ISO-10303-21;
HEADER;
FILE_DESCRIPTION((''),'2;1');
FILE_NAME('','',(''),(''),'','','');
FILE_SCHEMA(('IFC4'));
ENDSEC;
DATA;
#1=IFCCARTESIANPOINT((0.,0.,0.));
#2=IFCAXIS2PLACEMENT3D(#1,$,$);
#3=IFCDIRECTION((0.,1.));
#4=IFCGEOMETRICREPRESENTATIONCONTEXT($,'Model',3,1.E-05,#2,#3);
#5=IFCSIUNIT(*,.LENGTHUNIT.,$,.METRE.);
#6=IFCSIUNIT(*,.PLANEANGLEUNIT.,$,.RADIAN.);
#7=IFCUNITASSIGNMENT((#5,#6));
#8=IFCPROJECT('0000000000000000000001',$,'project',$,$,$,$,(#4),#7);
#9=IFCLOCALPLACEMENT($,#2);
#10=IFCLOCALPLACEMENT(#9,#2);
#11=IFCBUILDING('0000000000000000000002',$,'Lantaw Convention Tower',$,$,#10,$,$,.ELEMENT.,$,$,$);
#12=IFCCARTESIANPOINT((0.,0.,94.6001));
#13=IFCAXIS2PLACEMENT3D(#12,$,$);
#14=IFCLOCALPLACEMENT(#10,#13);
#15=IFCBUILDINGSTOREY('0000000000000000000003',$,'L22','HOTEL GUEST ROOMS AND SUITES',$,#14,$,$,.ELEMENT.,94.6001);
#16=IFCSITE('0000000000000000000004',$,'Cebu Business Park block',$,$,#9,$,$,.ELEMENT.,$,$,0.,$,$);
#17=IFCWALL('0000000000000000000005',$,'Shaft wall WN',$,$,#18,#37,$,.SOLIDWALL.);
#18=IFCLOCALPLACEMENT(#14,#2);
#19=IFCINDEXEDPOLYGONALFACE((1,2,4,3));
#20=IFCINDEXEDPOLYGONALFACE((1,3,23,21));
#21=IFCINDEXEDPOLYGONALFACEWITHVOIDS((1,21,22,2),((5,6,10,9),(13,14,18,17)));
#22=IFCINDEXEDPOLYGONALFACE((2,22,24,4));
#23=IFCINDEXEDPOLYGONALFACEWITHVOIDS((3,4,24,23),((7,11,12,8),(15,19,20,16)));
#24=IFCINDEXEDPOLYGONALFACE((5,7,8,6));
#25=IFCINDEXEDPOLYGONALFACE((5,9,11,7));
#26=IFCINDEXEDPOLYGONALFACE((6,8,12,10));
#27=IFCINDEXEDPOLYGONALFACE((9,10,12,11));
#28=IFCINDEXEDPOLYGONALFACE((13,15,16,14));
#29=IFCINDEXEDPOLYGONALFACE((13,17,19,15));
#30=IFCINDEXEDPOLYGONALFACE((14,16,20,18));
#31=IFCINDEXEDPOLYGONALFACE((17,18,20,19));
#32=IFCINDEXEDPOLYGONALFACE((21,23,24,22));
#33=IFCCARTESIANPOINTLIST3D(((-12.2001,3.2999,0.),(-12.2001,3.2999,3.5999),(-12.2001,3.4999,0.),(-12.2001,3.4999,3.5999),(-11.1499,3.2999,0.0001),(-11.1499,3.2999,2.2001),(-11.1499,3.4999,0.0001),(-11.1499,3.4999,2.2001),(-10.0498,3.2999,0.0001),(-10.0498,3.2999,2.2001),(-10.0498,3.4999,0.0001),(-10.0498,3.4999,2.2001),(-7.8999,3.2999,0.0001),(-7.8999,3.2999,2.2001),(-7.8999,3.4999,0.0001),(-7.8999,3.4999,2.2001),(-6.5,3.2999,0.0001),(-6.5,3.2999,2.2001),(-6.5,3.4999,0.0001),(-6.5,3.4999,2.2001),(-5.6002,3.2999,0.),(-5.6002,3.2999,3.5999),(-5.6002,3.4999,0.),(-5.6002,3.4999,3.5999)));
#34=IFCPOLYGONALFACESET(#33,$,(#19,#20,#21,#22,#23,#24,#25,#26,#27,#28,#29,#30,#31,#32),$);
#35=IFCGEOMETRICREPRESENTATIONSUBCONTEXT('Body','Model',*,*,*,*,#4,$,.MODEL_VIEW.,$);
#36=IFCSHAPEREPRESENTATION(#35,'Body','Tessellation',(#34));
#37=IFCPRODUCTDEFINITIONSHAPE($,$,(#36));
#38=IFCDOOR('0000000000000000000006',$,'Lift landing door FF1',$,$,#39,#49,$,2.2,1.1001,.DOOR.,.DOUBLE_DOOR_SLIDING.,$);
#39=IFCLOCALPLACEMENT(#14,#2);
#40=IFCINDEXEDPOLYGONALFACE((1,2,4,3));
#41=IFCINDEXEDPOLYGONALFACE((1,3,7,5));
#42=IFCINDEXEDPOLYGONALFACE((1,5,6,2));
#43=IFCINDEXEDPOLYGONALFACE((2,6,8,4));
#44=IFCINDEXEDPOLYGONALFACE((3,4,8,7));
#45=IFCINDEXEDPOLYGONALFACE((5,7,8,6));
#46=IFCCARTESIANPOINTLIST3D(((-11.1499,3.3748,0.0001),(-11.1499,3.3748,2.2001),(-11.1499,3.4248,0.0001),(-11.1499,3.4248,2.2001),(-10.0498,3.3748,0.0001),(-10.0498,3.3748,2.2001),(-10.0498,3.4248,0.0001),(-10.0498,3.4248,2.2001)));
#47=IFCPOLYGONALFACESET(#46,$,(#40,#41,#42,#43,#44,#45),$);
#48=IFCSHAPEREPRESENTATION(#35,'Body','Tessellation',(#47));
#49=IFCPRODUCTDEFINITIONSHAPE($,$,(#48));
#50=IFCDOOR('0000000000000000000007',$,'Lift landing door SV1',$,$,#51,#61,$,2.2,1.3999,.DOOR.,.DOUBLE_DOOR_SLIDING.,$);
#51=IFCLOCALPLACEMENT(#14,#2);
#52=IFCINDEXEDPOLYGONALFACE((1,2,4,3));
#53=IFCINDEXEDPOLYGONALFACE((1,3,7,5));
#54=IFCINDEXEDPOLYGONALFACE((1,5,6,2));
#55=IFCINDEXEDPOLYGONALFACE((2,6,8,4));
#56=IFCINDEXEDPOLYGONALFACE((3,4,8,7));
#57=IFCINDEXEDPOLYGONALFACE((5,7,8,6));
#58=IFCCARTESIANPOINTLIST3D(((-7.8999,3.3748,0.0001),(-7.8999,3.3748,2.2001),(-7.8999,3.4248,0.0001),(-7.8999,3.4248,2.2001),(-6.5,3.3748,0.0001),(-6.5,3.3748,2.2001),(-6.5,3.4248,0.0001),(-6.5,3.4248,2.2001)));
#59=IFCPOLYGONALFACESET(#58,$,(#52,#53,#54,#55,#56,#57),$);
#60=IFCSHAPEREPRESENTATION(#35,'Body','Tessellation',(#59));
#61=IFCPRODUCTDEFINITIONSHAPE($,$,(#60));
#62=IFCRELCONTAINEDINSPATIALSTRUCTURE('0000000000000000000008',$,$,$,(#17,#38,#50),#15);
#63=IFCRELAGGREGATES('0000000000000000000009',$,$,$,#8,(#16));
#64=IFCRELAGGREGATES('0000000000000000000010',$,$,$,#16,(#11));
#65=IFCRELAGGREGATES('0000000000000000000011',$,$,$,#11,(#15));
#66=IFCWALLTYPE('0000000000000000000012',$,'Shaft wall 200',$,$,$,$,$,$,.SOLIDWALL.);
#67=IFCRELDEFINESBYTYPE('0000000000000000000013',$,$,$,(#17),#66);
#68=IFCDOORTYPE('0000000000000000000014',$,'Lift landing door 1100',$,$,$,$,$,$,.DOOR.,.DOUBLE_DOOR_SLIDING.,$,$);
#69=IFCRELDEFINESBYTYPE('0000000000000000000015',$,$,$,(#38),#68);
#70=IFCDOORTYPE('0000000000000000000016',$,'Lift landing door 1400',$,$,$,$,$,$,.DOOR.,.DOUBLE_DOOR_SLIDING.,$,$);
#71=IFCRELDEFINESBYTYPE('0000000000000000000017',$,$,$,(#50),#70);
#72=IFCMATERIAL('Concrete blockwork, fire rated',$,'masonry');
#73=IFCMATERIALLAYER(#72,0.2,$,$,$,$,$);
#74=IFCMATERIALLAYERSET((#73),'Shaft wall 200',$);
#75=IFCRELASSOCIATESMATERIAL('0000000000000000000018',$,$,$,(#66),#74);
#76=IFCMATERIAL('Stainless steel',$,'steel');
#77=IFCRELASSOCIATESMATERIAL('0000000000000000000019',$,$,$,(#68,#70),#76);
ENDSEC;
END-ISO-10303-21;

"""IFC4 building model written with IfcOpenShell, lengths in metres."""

from ifc_helpers import new_model, si_unit, direction, frame, frame_2d, origin, place, context, subcontext, project, spatial, rectangle, extrude, material, layer, layer_set, type_object, element, fill, save


model = new_model("IFC4")

# Units and contexts
model_context = context("Model", 3, precision=1e-05, world=origin(), true_north=direction((0.0, 1.0)))
body_context = subcontext(model_context, "Body", "Model", "MODEL_VIEW")
ifc_project = project(units=[si_unit("LENGTHUNIT", "METRE"), si_unit("PLANEANGLEUNIT", "RADIAN")], contexts=[model_context])

# Site, building, storey
site_placement = place(None, origin())
site = spatial("IfcSite", under=ifc_project, at=site_placement, Name="Cebu Business Park block", CompositionType="ELEMENT", RefElevation=0.0)
building_placement = place(site_placement, origin())
building = spatial("IfcBuilding", under=site, at=building_placement, Name="Lantaw Convention Tower", CompositionType="ELEMENT")
storey_placement = place(building_placement, frame((0.0, 0.0, 94.6001)))
storey = spatial("IfcBuildingStorey", under=building, at=storey_placement, Name="L22", Description="HOTEL GUEST ROOMS AND SUITES", CompositionType="ELEMENT", Elevation=94.6001)

# Wall, openings, doors
ifc_material_1 = material(Name="Concrete blockwork, fire rated", Category="masonry")
ifc_layer_1 = layer(ifc_material_1, 0.2)
ifc_layer_set_1 = layer_set([ifc_layer_1], Name="Shaft wall 200")
wall_type_1 = type_object("IfcWallType", Name="Shaft wall 200", PredefinedType="SOLIDWALL", material=ifc_layer_set_1)
wall_1_placement = place(storey_placement, frame((-12.2, 3.3999, 0.0), z_axis=(0.0, 0.0, 1.0), x_axis=(1.0, 0.0, 0.0)))
wall_1 = element("IfcWall", 1, at=wall_1_placement, inside=storey, type_object=wall_type_1, Name="Shaft wall WN", PredefinedType="SOLIDWALL", context=body_context, shape_type="SweptSolid", body=[
    extrude(rectangle(XDim=6.5999, YDim=0.2, at=frame_2d((3.2998, 0.0))), origin(), (0.0, 0.0, 1.0), 3.5999),
])
opening_1_placement = place(wall_1_placement, frame((1.05, 0.0, 0.0)))
opening_1 = element("IfcOpeningElement", 2, at=opening_1_placement, cuts=wall_1, PredefinedType="OPENING", context=body_context, shape_type="SweptSolid", body=[
    extrude(rectangle(XDim=1.1001, YDim=2.2, at=frame_2d((0.55, 1.1001))), frame((0.0, 0.1099, 0.0), z_axis=(0.0, -1.0, 0.0), x_axis=(1.0, 0.0, 0.0)), (0.0, 0.0, 1.0), 0.22),
])
opening_2_placement = place(wall_1_placement, frame((4.3, 0.0, 0.0)))
opening_2 = element("IfcOpeningElement", 3, at=opening_2_placement, cuts=wall_1, PredefinedType="OPENING", context=body_context, shape_type="SweptSolid", body=[
    extrude(rectangle(XDim=1.3999, YDim=2.2, at=frame_2d((0.7, 1.1001))), frame((0.0, 0.1099, 0.0), z_axis=(0.0, -1.0, 0.0), x_axis=(1.0, 0.0, 0.0)), (0.0, 0.0, 1.0), 0.22),
])
ifc_material_2 = material(Name="Stainless steel", Category="steel")
door_type_1 = type_object("IfcDoorType", Name="Lift landing door 1100", OperationType="DOUBLE_DOOR_SLIDING", PredefinedType="DOOR", material=ifc_material_2)
door_1_placement = place(opening_1_placement, origin())
door_1 = element("IfcDoor", 4, at=door_1_placement, inside=storey, type_object=door_type_1, Name="Lift landing door FF1", OperationType="DOUBLE_DOOR_SLIDING", OverallHeight=2.2, OverallWidth=1.1001, PredefinedType="DOOR", context=body_context, shape_type="SweptSolid", body=[
    extrude(rectangle(XDim=1.1001, YDim=2.2, at=frame_2d((0.55, 1.1001))), frame((0.0, 0.0249, 0.0), z_axis=(0.0, -1.0, 0.0), x_axis=(1.0, 0.0, 0.0)), (0.0, 0.0, 1.0), 0.05),
])
fill(opening_1, door_1)
door_type_2 = type_object("IfcDoorType", Name="Lift landing door 1400", OperationType="DOUBLE_DOOR_SLIDING", PredefinedType="DOOR", material=ifc_material_2)
door_2_placement = place(opening_2_placement, origin())
door_2 = element("IfcDoor", 5, at=door_2_placement, inside=storey, type_object=door_type_2, Name="Lift landing door SV1", OperationType="DOUBLE_DOOR_SLIDING", OverallHeight=2.2, OverallWidth=1.3999, PredefinedType="DOOR", context=body_context, shape_type="SweptSolid", body=[
    extrude(rectangle(XDim=1.3999, YDim=2.2, at=frame_2d((0.7, 1.1001))), frame((0.0, 0.0249, 0.0), z_axis=(0.0, -1.0, 0.0), x_axis=(1.0, 0.0, 0.0)), (0.0, 0.0, 1.0), 0.05),
])
fill(opening_2, door_2)

save(model, "model.ifc")
